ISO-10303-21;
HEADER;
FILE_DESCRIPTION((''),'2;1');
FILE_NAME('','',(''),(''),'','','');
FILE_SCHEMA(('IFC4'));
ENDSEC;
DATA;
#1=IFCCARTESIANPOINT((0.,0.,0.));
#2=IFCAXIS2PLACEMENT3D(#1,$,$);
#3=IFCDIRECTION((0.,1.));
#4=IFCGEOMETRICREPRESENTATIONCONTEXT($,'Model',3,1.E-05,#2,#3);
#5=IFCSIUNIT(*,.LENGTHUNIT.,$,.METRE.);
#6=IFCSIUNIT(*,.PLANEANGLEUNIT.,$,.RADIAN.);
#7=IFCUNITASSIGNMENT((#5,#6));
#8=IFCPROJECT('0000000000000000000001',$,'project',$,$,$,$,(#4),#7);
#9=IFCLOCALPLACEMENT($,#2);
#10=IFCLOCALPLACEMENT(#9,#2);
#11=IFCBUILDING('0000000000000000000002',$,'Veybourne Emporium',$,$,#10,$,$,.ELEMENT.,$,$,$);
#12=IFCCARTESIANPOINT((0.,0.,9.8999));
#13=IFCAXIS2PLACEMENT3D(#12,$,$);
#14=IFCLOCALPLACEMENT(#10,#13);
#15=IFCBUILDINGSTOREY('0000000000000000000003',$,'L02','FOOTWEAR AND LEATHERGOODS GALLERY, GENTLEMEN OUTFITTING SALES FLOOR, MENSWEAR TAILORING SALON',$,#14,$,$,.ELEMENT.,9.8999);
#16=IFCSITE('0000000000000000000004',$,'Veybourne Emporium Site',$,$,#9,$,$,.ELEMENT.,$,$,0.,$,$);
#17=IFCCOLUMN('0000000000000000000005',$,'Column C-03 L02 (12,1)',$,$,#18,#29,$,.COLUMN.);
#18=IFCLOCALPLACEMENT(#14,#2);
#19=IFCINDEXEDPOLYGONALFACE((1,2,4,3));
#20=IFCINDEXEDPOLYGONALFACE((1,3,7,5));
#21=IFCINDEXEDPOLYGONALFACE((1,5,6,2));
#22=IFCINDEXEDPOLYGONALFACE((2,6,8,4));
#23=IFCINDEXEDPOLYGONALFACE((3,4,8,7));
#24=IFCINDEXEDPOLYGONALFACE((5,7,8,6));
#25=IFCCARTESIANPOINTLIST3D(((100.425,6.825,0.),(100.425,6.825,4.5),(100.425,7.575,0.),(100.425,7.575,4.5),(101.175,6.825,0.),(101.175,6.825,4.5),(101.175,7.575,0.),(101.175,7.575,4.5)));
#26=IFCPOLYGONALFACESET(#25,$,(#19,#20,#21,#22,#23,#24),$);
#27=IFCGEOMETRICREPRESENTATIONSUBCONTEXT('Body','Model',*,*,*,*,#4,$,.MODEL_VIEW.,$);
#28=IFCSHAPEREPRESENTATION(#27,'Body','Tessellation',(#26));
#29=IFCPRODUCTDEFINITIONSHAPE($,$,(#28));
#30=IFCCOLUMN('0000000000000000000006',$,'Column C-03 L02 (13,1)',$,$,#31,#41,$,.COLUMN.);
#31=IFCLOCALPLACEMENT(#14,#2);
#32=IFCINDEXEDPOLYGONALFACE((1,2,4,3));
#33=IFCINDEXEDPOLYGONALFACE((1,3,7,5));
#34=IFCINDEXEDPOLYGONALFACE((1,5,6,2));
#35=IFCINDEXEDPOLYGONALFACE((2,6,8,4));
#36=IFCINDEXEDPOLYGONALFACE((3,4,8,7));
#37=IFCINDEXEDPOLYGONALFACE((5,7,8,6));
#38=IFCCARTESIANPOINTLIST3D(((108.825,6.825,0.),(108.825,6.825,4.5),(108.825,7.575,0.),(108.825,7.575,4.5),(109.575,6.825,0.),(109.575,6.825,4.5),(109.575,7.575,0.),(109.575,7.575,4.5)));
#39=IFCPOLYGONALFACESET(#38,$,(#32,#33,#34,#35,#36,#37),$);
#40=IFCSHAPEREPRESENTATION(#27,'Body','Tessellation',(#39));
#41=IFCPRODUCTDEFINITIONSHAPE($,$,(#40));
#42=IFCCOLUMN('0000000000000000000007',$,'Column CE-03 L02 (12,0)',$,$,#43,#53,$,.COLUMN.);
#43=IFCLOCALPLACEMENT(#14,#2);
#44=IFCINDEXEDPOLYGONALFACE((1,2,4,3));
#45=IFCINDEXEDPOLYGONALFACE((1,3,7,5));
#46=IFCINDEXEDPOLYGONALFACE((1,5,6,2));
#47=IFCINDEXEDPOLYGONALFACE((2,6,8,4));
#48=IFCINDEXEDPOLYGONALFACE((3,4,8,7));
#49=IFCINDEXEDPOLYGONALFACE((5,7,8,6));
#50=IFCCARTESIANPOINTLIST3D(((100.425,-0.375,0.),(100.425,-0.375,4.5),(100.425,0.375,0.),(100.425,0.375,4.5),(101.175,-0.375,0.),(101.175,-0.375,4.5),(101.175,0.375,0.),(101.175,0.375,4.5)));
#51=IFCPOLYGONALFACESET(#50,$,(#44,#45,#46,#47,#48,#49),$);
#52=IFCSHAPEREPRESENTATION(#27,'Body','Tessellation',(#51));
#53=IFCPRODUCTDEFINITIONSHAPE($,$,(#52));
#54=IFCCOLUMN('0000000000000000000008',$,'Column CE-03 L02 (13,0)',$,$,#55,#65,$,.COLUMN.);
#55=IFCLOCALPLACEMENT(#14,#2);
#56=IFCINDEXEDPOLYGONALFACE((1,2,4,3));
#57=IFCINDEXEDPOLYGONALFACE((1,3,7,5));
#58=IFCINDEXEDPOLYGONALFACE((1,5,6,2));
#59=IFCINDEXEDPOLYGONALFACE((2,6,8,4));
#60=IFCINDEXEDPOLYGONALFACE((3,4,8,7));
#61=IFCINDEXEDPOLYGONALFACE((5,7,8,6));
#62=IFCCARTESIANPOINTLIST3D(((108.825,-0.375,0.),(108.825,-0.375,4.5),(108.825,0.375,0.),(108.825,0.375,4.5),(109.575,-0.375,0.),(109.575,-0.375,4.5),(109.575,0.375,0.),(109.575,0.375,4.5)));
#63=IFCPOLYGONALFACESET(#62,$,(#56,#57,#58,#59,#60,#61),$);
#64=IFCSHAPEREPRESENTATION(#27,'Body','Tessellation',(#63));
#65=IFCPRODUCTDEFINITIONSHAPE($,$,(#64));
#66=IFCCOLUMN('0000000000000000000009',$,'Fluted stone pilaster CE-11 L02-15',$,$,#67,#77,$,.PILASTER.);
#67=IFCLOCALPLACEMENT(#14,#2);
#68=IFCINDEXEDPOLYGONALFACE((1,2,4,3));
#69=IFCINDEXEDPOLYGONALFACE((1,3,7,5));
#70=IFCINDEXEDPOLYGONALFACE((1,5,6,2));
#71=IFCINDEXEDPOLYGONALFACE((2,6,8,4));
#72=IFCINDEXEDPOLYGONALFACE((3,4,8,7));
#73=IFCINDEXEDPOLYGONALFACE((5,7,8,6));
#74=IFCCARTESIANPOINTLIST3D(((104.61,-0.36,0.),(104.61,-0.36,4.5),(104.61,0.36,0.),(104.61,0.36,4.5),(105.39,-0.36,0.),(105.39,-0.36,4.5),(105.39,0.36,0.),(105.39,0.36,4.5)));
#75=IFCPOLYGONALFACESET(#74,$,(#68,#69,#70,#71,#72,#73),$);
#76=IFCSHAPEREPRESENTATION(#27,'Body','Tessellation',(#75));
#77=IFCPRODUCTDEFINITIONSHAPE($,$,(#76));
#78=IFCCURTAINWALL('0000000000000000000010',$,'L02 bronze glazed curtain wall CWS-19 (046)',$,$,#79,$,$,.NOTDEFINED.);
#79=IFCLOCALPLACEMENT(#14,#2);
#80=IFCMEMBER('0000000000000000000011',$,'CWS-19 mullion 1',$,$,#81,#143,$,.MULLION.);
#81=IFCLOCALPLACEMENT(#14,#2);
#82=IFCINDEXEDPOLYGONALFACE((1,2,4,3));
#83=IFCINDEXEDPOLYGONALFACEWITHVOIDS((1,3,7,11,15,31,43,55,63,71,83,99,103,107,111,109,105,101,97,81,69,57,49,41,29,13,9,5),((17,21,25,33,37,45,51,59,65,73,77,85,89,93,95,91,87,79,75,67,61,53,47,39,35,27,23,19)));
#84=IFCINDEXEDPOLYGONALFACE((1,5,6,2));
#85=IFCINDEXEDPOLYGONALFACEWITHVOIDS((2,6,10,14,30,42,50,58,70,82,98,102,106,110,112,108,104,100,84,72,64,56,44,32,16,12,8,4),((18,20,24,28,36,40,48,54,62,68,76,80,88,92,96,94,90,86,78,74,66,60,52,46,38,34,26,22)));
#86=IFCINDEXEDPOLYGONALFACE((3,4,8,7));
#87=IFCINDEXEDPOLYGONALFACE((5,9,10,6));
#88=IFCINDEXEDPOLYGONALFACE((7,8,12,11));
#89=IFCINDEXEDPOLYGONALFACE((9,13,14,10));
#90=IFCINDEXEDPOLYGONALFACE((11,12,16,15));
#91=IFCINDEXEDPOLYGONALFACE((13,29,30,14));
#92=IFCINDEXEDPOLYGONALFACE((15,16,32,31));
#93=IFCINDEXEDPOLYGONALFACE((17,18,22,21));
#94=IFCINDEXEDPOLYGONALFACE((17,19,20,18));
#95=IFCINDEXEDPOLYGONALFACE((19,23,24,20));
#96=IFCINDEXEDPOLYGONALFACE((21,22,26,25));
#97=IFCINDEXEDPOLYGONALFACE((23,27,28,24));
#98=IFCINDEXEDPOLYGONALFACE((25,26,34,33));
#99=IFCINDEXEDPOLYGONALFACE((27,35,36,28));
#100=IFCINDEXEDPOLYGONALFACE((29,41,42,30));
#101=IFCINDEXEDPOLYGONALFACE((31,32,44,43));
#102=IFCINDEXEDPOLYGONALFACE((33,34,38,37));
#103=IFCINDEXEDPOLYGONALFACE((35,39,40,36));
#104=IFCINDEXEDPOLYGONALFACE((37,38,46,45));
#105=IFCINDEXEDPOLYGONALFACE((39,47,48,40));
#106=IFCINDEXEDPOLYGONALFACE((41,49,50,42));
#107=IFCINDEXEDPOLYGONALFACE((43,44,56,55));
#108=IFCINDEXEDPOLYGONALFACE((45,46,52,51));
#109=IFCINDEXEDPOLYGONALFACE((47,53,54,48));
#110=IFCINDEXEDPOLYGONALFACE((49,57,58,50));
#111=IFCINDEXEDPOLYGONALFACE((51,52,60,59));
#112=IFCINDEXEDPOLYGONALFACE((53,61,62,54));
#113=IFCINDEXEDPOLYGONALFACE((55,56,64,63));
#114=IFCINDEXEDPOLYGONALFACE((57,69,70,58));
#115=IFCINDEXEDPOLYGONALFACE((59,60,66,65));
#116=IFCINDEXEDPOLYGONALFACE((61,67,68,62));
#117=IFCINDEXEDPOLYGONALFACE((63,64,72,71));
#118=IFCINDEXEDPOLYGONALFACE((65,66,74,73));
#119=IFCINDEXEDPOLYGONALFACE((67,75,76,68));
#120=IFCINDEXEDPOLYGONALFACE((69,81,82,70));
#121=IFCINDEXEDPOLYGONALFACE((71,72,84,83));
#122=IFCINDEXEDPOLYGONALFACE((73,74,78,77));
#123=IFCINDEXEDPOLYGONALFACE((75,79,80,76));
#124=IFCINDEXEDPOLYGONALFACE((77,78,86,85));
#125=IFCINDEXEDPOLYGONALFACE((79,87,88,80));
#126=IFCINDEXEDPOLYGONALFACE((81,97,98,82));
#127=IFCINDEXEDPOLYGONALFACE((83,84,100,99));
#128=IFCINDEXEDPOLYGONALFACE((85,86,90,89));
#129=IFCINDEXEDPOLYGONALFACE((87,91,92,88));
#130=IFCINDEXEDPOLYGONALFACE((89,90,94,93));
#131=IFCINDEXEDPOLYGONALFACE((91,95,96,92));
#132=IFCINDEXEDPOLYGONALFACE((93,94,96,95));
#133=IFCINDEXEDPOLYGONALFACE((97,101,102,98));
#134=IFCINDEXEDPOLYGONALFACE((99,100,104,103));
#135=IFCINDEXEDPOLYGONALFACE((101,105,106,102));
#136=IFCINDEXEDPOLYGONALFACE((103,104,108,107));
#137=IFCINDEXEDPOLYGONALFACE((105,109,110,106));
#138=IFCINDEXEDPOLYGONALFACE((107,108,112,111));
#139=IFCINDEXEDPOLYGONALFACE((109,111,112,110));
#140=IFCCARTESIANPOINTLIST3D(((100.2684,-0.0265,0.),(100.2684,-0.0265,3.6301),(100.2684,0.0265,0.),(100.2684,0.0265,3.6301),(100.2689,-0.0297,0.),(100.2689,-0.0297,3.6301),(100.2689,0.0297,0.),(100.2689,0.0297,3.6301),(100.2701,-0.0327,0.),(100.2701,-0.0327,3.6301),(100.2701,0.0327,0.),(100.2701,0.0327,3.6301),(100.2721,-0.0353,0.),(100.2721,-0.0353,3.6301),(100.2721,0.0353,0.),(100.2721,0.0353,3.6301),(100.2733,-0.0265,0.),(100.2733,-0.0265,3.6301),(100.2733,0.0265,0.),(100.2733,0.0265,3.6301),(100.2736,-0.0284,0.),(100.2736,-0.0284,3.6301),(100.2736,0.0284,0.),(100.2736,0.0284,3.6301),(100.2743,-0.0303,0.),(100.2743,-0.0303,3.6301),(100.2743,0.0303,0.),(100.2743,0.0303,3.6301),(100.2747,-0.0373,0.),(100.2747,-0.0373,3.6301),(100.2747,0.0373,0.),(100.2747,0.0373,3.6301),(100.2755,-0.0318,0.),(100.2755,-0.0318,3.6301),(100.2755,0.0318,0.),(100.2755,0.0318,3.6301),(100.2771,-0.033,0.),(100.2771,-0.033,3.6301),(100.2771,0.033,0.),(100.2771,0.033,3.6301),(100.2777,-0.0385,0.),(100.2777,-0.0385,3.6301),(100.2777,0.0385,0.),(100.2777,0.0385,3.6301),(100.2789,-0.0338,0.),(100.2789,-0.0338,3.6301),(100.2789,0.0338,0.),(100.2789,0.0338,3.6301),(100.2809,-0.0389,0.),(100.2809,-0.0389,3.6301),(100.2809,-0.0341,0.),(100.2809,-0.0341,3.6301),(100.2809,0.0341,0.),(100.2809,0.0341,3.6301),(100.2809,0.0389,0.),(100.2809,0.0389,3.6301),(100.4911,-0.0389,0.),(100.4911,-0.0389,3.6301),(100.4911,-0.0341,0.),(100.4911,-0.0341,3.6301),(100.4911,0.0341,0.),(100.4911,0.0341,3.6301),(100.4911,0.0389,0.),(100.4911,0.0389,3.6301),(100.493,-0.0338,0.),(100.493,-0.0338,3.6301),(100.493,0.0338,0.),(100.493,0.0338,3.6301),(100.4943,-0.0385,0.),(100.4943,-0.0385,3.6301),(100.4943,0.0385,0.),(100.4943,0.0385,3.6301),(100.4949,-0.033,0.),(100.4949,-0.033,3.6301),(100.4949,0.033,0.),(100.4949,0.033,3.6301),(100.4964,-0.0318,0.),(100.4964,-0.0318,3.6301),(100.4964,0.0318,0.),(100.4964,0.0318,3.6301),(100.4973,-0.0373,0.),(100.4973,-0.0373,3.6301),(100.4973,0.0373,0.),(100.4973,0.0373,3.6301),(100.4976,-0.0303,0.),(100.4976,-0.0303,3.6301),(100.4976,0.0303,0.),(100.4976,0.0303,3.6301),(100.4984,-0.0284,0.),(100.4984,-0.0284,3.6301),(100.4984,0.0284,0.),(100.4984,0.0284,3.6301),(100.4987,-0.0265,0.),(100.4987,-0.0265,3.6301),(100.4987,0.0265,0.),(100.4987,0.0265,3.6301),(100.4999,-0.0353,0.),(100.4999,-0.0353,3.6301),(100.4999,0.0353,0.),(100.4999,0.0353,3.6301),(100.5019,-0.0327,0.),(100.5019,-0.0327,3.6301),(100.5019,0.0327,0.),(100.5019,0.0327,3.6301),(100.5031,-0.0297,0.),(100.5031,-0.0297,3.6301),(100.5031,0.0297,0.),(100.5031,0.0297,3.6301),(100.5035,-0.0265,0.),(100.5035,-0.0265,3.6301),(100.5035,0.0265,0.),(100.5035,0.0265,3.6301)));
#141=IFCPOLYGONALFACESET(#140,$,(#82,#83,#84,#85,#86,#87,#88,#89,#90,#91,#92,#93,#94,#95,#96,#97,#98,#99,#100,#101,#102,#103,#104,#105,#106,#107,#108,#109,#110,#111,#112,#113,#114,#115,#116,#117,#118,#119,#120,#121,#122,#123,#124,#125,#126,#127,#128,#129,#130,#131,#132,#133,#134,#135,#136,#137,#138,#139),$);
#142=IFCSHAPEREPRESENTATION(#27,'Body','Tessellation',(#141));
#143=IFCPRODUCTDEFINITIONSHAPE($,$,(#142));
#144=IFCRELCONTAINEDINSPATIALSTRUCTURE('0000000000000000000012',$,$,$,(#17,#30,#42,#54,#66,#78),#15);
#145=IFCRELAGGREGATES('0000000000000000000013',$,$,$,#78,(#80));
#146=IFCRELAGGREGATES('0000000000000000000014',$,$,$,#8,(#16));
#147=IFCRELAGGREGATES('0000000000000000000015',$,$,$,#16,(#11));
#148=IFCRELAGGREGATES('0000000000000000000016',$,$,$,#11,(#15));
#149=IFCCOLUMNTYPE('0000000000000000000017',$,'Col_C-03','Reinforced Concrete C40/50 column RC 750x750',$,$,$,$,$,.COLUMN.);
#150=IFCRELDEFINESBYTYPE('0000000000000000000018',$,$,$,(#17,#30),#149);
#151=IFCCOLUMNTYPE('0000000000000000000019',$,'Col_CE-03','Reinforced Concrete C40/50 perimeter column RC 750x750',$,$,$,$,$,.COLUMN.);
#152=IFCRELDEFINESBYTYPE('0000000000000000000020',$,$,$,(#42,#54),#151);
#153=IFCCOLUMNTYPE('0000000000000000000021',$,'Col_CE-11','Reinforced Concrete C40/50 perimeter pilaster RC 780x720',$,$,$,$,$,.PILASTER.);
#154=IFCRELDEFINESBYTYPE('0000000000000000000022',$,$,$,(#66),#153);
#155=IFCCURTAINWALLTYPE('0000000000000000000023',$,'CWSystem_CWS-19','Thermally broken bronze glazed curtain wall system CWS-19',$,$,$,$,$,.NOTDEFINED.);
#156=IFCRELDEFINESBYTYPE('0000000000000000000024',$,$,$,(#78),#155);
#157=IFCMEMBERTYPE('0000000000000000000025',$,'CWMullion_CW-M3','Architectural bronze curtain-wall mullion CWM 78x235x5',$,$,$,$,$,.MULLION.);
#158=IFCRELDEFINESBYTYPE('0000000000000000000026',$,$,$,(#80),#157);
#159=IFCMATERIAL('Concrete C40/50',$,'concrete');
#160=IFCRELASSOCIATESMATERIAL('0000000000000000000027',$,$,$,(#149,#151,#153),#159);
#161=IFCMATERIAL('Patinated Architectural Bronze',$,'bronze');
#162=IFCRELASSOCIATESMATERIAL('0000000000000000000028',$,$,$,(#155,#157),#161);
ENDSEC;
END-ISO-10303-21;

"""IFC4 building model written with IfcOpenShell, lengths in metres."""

from ifc_helpers import new_model, si_unit, direction, frame, origin, origin_2d, place, context, subcontext, project, spatial, rectangle, hollow_rectangle, extrude, material, material_profile, profile_set, type_object, element, aggregate, save


model = new_model("IFC4")

# Units and contexts
model_context = context("Model", 3, precision=1e-05, world=origin(), true_north=direction((0.0, 1.0)))
body_context = subcontext(model_context, "Body", "Model", "MODEL_VIEW")
ifc_project = project(units=[si_unit("LENGTHUNIT", "METRE"), si_unit("PLANEANGLEUNIT", "RADIAN")], contexts=[model_context])

# Site, building, storey
site_placement = place(None, origin())
site = spatial("IfcSite", under=ifc_project, at=site_placement, Name="Veybourne Emporium Site", CompositionType="ELEMENT", RefElevation=0.0)
building_placement = place(site_placement, origin())
building = spatial("IfcBuilding", under=site, at=building_placement, Name="Veybourne Emporium", CompositionType="ELEMENT")
storey_placement = place(building_placement, frame((0.0, 0.0, 9.8999)))
storey = spatial("IfcBuildingStorey", under=building, at=storey_placement, Name="L02", Description="FOOTWEAR AND LEATHERGOODS GALLERY, GENTLEMEN OUTFITTING SALES FLOOR, MENSWEAR TAILORING SALON", CompositionType="ELEMENT", Elevation=9.8999)

# Columns
ifc_material_1 = material(Name="Concrete C40/50", Category="concrete")
ifc_material_profile_1 = material_profile(ifc_material_1, rectangle(XDim=0.75, YDim=0.75, at=origin_2d()), Name="RC 750x750")
ifc_profile_set_1 = profile_set([ifc_material_profile_1], Name="Concrete C40/50")
column_type_1 = type_object("IfcColumnType", Name="Col_C-03", Description="Reinforced Concrete C40/50 column RC 750x750", PredefinedType="COLUMN", material=ifc_profile_set_1)
for number, where, z_axis, x_axis, name in (
    (1, (100.8, 7.2, 0.0), (0.0, 0.0, 1.0), (1.0, 0.0, 0.0), "Column C-03 L02 (12,1)"),
    (2, (109.2, 7.2, 0.0), (0.0, 0.0, 1.0), (1.0, 0.0, 0.0), "Column C-03 L02 (13,1)"),
):
    element("IfcColumn", number, at=place(storey_placement, frame(where, z_axis=z_axis, x_axis=x_axis)), inside=storey, type_object=column_type_1, Name=name, PredefinedType="COLUMN", context=body_context, shape_type="SweptSolid", body=[
        extrude(rectangle(XDim=0.75, YDim=0.75, at=origin_2d()), origin(), (0.0, 0.0, 1.0), 4.5),
    ])
ifc_material_profile_2 = material_profile(ifc_material_1, rectangle(XDim=0.75, YDim=0.75, at=origin_2d()), Name="RC 750x750")
ifc_profile_set_2 = profile_set([ifc_material_profile_2], Name="Concrete C40/50")
column_type_2 = type_object("IfcColumnType", Name="Col_CE-03", Description="Reinforced Concrete C40/50 perimeter column RC 750x750", PredefinedType="COLUMN", material=ifc_profile_set_2)
for number, where, z_axis, x_axis, name in (
    (3, (100.8, 0.0, 0.0), (0.0, 0.0, 1.0), (1.0, 0.0, 0.0), "Column CE-03 L02 (12,0)"),
    (4, (109.2, 0.0, 0.0), (0.0, 0.0, 1.0), (1.0, 0.0, 0.0), "Column CE-03 L02 (13,0)"),
):
    element("IfcColumn", number, at=place(storey_placement, frame(where, z_axis=z_axis, x_axis=x_axis)), inside=storey, type_object=column_type_2, Name=name, PredefinedType="COLUMN", context=body_context, shape_type="SweptSolid", body=[
        extrude(rectangle(XDim=0.75, YDim=0.75, at=origin_2d()), origin(), (0.0, 0.0, 1.0), 4.5),
    ])
ifc_material_profile_3 = material_profile(ifc_material_1, rectangle(XDim=0.78, YDim=0.72, at=origin_2d()), Name="RC 780x720")
ifc_profile_set_3 = profile_set([ifc_material_profile_3], Name="Concrete C40/50")
column_type_3 = type_object("IfcColumnType", Name="Col_CE-11", Description="Reinforced Concrete C40/50 perimeter pilaster RC 780x720", PredefinedType="PILASTER", material=ifc_profile_set_3)
column_placement = place(storey_placement, frame((105.0, 0.0, 0.0), z_axis=(0.0, 0.0, 1.0), x_axis=(1.0, 0.0, 0.0)))
element("IfcColumn", 5, at=column_placement, inside=storey, type_object=column_type_3, Name="Fluted stone pilaster CE-11 L02-15", PredefinedType="PILASTER", context=body_context, shape_type="SweptSolid", body=[
    extrude(rectangle(XDim=0.78, YDim=0.72, at=origin_2d()), origin(), (0.0, 0.0, 1.0), 4.5),
])

# Curtain wall, member
ifc_material_2 = material(Name="Patinated Architectural Bronze", Category="bronze")
curtain_wall_type = type_object("IfcCurtainWallType", Name="CWSystem_CWS-19", Description="Thermally broken bronze glazed curtain wall system CWS-19", PredefinedType="NOTDEFINED", material=ifc_material_2)
curtain_wall_placement = place(storey_placement, origin())
curtain_wall = element("IfcCurtainWall", 6, at=curtain_wall_placement, inside=storey, type_object=curtain_wall_type, Name="L02 bronze glazed curtain wall CWS-19 (046)", PredefinedType="NOTDEFINED")
ifc_material_profile_4 = material_profile(ifc_material_2, hollow_rectangle(XDim=0.0779, YDim=0.2351, WallThickness=0.0049, InnerFilletRadius=0.0076, OuterFilletRadius=0.0125, at=origin_2d()), Name="CWM 78x235x5")
ifc_profile_set_4 = profile_set([ifc_material_profile_4], Name="Patinated Architectural Bronze")
member_type_1 = type_object("IfcMemberType", Name="CWMullion_CW-M3", Description="Architectural bronze curtain-wall mullion CWM 78x235x5", PredefinedType="MULLION", material=ifc_profile_set_4)
member_1_placement = place(storey_placement, frame((100.386, 0.0, 0.0), z_axis=(0.0, 0.0, 1.0), x_axis=(0.0, -1.0, 0.0)))
member_1 = element("IfcMember", 7, at=member_1_placement, type_object=member_type_1, Name="CWS-19 mullion 1", PredefinedType="MULLION", context=body_context, shape_type="SweptSolid", body=[
    extrude(hollow_rectangle(XDim=0.0779, YDim=0.2351, WallThickness=0.0049, InnerFilletRadius=0.0076, OuterFilletRadius=0.0125, at=origin_2d()), origin(), (0.0, 0.0, 1.0), 3.6301),
])
aggregate(curtain_wall, [member_1])

save(model, "model.ifc")
